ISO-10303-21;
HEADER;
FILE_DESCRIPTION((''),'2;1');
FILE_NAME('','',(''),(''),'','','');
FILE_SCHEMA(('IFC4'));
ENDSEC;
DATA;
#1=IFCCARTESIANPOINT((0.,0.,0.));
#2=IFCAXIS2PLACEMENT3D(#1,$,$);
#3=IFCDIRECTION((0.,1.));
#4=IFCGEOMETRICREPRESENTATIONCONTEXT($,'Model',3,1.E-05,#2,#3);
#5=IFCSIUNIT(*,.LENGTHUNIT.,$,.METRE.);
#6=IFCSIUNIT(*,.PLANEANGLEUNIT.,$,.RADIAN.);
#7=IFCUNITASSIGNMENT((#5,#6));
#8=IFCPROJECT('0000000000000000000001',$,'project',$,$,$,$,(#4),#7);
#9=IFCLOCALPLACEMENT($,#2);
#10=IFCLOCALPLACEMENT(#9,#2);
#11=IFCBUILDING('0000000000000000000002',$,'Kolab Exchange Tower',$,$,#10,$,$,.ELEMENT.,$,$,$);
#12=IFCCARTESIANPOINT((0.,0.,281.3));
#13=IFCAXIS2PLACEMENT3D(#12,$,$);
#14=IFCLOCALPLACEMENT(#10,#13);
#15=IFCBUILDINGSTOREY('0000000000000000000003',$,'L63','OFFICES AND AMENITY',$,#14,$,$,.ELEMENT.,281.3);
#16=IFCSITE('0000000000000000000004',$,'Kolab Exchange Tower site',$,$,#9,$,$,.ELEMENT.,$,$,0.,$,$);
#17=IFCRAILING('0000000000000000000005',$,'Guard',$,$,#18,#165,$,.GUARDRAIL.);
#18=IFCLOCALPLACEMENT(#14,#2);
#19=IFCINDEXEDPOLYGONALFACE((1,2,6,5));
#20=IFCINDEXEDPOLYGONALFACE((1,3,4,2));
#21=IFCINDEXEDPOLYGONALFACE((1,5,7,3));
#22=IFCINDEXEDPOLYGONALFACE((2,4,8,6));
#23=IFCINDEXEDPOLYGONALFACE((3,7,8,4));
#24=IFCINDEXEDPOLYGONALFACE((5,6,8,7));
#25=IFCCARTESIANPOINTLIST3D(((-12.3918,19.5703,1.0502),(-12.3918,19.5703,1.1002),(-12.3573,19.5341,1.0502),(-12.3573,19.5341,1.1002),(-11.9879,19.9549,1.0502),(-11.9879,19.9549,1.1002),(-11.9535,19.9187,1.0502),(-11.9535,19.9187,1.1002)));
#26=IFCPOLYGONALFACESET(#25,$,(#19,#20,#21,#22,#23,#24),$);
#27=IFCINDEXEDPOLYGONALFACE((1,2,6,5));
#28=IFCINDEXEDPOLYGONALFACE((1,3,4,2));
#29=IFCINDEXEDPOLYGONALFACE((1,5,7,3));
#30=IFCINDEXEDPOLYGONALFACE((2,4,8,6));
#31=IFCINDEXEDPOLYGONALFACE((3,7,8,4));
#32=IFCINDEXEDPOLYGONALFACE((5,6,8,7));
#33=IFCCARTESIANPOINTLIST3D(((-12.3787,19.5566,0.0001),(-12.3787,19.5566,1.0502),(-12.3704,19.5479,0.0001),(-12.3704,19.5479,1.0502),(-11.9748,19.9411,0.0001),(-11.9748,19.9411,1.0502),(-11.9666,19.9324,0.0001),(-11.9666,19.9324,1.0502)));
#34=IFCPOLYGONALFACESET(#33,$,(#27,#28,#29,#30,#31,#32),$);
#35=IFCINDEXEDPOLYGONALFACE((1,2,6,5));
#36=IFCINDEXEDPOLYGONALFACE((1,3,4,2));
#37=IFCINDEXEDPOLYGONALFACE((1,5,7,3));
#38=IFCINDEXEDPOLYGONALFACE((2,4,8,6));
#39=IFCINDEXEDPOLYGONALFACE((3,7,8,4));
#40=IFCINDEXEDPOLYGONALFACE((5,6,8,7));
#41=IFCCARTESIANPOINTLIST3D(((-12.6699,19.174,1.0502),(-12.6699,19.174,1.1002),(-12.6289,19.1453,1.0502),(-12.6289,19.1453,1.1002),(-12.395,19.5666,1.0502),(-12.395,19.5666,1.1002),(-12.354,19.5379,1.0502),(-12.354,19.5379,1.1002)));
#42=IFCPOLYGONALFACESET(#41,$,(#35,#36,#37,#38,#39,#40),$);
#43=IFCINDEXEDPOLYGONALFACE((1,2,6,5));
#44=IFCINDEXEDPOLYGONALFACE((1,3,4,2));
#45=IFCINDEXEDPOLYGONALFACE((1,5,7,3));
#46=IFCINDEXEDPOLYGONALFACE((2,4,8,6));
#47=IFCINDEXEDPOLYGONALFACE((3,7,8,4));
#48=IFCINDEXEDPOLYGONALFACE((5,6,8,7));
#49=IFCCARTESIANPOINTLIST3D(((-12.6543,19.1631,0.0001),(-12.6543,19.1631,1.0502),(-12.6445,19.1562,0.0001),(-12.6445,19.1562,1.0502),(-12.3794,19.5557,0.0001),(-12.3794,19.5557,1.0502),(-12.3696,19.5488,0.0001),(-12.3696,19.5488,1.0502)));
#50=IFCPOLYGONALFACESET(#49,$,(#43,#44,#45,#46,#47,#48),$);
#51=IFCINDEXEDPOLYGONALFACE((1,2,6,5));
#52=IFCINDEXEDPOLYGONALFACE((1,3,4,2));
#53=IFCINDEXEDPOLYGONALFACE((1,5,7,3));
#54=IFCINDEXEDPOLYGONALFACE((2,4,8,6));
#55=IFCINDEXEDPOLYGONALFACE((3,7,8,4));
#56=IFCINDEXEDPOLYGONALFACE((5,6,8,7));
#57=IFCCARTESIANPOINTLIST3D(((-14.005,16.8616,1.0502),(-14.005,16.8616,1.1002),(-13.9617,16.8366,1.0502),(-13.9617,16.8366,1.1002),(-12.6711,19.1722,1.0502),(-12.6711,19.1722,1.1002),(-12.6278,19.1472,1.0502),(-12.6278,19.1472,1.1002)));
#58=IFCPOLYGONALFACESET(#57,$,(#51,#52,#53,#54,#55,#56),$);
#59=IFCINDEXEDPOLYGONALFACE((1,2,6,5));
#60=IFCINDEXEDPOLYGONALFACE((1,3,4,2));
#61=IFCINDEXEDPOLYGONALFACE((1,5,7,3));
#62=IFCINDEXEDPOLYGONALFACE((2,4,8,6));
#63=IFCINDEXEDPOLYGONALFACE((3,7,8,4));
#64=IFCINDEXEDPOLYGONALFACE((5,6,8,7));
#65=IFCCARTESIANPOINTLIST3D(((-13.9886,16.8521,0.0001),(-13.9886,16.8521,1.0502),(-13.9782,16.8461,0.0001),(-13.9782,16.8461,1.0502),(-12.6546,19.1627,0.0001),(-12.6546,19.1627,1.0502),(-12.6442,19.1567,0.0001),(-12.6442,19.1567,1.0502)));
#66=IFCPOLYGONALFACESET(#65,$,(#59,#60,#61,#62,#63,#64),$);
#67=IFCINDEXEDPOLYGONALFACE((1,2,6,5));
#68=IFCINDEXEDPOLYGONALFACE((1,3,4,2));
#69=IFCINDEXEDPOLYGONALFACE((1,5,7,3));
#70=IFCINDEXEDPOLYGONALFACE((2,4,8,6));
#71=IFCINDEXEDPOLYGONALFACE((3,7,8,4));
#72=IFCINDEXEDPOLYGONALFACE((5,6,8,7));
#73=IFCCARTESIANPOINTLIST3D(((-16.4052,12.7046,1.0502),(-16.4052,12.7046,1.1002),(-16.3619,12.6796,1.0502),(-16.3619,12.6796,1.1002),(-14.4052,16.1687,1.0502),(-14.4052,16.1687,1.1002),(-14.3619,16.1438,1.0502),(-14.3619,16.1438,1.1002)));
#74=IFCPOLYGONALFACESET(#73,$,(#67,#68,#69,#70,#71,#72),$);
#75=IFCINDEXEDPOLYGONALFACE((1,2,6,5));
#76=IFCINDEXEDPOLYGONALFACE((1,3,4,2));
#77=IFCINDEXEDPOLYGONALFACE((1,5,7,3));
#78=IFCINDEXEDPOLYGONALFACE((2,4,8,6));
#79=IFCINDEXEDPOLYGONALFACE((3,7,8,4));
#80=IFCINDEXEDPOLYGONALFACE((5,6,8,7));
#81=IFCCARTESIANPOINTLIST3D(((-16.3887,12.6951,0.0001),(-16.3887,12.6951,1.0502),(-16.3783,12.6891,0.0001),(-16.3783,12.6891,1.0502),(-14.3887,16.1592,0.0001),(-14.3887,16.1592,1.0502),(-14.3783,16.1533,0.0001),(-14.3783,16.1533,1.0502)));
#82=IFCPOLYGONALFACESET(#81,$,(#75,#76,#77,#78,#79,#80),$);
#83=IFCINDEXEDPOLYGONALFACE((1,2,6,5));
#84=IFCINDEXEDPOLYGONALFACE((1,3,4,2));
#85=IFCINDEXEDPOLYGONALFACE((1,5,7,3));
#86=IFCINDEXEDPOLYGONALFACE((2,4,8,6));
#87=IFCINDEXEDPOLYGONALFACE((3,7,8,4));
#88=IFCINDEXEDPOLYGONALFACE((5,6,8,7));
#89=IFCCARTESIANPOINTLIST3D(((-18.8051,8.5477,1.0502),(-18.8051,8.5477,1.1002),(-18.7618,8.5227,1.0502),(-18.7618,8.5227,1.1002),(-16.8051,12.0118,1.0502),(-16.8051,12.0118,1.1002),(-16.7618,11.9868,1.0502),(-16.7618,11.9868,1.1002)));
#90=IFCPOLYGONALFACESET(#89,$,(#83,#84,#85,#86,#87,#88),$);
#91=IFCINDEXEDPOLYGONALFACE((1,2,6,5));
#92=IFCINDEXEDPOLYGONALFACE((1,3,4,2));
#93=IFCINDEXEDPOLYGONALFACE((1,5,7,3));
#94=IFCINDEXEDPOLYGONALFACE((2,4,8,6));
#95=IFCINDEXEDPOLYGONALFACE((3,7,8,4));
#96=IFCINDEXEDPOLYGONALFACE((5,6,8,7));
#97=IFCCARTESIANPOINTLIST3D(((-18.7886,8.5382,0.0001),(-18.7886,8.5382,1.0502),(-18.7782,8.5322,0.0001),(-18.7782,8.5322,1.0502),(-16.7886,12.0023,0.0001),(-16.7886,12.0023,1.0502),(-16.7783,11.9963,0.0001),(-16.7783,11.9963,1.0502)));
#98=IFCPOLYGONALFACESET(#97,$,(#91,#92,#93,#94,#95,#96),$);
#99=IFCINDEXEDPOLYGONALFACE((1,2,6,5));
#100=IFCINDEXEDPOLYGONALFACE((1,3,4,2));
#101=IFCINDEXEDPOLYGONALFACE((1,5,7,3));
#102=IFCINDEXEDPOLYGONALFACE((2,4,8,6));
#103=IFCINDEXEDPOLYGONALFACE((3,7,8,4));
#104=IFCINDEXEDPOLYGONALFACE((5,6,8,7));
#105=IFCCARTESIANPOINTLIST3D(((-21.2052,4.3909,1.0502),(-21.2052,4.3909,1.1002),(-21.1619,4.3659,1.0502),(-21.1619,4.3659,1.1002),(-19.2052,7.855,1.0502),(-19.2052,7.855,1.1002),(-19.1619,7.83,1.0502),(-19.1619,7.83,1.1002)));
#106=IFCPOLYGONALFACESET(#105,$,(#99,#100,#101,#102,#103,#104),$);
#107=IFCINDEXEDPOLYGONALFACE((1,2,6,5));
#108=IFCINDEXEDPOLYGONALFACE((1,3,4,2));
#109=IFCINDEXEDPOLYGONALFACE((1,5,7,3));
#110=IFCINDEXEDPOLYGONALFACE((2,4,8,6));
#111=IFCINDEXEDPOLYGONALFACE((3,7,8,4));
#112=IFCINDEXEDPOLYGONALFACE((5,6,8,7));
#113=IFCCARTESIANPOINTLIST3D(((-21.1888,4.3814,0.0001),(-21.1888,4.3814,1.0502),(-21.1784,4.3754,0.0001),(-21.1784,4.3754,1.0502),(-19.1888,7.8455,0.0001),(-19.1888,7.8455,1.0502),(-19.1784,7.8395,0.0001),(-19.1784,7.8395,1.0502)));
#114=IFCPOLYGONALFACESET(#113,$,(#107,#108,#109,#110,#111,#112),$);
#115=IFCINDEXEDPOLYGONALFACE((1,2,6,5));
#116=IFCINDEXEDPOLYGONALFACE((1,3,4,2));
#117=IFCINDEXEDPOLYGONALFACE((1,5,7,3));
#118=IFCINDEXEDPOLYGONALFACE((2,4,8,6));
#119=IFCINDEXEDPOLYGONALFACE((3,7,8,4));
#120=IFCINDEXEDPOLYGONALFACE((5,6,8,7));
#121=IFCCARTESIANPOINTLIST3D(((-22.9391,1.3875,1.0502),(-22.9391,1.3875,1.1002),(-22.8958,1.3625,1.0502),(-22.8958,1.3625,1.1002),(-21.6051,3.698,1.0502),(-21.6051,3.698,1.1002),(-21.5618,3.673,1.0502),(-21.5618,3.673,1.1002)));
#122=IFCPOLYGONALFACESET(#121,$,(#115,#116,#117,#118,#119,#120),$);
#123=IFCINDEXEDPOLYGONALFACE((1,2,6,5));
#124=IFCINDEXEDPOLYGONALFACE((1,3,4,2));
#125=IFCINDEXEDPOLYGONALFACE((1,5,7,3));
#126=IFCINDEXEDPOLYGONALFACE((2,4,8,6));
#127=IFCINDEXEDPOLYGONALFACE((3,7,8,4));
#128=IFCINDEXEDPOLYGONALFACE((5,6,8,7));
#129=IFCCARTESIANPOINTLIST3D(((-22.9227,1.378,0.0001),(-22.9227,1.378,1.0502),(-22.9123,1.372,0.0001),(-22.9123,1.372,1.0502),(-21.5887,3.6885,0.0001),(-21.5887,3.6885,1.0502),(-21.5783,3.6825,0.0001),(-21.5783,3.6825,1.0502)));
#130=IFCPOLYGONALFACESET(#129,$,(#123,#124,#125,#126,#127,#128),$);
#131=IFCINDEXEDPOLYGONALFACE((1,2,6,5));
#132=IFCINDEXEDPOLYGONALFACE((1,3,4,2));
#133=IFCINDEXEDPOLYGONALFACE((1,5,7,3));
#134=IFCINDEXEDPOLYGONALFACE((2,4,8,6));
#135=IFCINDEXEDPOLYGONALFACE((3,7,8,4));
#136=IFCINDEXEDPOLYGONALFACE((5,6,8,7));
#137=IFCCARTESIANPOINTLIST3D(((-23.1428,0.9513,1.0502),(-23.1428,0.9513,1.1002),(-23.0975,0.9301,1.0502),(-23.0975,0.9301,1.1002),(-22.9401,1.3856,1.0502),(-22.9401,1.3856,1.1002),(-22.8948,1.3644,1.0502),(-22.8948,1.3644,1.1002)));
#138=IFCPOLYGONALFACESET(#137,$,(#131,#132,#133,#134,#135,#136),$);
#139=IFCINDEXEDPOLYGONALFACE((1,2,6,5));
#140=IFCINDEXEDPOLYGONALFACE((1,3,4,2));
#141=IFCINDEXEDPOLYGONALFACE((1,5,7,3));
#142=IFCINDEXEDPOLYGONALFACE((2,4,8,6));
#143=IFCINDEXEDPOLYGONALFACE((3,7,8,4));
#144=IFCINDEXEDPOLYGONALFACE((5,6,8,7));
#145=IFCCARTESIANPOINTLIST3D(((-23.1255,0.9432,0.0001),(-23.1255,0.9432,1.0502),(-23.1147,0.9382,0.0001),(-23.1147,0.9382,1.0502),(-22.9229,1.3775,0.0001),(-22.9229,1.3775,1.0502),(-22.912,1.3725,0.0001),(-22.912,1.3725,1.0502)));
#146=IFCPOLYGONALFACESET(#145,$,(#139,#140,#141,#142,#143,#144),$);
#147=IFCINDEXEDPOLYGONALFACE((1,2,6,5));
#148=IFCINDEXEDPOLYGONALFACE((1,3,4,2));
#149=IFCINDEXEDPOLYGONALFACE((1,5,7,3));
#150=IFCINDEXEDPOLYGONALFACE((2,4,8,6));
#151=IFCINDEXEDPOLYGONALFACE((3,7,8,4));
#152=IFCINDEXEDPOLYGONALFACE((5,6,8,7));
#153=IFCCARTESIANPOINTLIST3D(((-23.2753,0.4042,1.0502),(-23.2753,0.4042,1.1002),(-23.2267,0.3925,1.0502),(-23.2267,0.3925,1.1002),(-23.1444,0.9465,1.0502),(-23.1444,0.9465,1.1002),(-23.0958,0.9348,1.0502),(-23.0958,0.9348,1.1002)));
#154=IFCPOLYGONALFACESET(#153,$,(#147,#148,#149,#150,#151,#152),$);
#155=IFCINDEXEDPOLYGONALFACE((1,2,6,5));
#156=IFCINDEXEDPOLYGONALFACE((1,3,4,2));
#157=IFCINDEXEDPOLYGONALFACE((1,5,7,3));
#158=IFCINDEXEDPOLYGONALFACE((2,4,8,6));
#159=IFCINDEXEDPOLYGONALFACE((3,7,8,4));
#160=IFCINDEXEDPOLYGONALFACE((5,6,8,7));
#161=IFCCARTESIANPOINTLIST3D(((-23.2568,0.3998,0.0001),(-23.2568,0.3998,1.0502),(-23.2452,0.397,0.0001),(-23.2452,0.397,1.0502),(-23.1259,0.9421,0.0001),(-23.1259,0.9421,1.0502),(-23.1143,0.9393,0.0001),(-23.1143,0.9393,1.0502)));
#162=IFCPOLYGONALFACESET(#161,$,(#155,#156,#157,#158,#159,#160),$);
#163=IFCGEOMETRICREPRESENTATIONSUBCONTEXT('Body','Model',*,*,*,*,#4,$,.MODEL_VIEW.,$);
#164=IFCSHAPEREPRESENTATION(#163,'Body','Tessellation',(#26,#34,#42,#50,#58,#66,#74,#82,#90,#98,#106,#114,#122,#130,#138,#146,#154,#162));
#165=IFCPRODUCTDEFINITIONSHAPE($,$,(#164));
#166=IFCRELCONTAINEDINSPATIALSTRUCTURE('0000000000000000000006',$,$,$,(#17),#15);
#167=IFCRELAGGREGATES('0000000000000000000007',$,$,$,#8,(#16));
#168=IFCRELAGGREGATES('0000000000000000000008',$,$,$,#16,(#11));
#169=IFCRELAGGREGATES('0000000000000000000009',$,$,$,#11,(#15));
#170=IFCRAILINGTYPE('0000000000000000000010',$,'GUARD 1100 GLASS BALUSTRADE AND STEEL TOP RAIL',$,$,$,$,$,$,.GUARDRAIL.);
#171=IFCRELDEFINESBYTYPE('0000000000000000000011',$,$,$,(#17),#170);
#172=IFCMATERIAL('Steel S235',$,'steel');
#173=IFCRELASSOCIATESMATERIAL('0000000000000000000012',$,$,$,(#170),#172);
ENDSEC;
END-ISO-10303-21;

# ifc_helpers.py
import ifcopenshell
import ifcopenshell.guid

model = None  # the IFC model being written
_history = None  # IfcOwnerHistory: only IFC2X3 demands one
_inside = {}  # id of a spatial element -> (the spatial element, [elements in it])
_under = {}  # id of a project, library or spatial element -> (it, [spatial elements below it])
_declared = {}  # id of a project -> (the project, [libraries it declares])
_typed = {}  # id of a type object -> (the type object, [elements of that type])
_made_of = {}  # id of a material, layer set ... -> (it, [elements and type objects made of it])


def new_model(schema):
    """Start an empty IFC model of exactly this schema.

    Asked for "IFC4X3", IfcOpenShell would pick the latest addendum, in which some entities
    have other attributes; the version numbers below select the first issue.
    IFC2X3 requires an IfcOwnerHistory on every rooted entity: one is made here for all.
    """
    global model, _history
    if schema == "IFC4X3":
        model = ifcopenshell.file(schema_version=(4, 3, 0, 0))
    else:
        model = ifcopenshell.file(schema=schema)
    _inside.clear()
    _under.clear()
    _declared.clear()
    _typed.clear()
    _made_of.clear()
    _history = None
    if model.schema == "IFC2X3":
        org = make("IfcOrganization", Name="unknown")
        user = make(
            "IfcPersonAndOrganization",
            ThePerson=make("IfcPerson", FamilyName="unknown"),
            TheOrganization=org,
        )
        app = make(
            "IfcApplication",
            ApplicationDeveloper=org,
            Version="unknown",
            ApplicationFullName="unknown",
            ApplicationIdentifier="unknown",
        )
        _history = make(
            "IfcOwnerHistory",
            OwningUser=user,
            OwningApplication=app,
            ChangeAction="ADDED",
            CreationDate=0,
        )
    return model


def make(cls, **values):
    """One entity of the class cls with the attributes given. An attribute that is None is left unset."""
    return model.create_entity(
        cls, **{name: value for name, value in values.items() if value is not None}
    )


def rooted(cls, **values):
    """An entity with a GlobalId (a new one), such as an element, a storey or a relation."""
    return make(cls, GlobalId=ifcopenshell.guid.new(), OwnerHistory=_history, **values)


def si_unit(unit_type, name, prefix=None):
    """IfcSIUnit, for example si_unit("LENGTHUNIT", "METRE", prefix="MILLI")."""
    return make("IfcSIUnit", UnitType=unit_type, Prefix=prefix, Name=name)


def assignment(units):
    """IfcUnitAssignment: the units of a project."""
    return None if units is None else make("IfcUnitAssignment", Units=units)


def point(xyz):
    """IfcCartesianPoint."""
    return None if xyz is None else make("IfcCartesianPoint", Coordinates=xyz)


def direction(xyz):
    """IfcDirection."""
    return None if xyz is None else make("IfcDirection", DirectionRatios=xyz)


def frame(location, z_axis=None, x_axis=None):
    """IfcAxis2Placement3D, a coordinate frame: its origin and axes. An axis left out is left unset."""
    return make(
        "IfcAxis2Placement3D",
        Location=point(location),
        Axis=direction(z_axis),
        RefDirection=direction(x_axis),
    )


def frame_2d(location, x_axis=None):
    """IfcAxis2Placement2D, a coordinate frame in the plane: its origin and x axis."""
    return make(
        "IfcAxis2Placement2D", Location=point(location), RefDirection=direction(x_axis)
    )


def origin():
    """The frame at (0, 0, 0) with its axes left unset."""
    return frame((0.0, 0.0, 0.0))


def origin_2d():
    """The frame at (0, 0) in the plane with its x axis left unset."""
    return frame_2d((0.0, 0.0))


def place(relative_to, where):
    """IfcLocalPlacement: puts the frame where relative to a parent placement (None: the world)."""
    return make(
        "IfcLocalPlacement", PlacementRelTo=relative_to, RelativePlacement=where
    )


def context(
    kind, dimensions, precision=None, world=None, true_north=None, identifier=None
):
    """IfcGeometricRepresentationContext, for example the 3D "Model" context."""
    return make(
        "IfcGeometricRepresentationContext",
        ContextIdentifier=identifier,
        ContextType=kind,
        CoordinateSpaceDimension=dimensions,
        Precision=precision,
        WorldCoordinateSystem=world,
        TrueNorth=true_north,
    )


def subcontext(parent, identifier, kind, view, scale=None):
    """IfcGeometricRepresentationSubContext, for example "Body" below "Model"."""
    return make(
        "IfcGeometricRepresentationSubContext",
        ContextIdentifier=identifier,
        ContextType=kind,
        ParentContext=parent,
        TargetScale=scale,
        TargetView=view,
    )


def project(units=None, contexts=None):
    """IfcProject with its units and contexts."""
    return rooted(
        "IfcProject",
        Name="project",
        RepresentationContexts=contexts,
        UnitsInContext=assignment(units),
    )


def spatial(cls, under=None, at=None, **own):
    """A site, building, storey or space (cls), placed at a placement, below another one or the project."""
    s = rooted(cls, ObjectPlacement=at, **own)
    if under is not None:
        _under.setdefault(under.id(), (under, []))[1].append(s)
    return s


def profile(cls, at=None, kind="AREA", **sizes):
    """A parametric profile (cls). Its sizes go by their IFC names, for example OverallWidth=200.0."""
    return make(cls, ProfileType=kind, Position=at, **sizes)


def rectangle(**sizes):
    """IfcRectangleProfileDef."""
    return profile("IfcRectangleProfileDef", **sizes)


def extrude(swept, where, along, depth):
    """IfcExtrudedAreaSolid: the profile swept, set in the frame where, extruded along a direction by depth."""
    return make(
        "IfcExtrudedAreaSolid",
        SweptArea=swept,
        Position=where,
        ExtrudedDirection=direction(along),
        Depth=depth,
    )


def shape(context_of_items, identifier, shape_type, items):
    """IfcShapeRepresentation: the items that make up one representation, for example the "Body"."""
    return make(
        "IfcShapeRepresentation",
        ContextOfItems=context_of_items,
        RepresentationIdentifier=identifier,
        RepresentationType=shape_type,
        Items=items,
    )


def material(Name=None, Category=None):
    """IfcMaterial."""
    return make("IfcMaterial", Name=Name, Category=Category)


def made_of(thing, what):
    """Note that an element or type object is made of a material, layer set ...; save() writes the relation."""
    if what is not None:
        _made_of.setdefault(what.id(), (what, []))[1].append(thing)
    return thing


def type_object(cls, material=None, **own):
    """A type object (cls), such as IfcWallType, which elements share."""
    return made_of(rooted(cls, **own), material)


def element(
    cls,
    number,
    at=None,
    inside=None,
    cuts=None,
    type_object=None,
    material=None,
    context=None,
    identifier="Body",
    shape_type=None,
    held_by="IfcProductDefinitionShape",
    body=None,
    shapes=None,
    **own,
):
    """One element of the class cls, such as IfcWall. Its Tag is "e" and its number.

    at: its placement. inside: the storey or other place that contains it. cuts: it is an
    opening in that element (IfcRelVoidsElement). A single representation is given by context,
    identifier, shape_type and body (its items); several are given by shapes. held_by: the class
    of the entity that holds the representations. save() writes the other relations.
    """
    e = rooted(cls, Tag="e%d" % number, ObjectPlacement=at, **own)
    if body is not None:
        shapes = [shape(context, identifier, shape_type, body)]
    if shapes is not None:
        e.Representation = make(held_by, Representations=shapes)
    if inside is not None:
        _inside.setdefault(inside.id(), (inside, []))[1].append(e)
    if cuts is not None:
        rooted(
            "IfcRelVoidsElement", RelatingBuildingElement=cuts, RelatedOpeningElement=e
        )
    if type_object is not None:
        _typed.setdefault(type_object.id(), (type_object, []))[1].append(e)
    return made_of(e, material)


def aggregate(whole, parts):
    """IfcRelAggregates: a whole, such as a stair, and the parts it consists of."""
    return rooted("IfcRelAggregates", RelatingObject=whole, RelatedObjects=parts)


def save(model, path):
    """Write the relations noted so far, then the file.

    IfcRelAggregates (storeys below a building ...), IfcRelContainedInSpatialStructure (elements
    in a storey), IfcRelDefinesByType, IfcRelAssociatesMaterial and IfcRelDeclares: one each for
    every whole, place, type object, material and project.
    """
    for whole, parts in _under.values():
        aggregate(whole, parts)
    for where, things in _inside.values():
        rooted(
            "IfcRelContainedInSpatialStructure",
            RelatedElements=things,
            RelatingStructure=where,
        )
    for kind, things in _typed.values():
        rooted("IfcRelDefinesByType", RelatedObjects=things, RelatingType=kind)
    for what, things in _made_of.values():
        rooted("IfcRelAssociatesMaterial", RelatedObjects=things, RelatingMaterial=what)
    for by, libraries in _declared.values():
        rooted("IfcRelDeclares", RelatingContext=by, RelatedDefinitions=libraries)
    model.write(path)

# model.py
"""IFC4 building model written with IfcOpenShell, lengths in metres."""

from ifc_helpers import new_model, si_unit, direction, frame, frame_2d, origin, origin_2d, place, context, subcontext, project, spatial, rectangle, extrude, material, type_object, element, save


model = new_model("IFC4")

# Units and contexts
model_context = context("Model", 3, precision=1e-05, world=origin(), true_north=direction((0.0, 1.0)))
body_context = subcontext(model_context, "Body", "Model", "MODEL_VIEW")
ifc_project = project(units=[si_unit("LENGTHUNIT", "METRE"), si_unit("PLANEANGLEUNIT", "RADIAN")], contexts=[model_context])

# Site, building, storey
site_placement = place(None, origin())
site = spatial("IfcSite", under=ifc_project, at=site_placement, Name="Kolab Exchange Tower site", CompositionType="ELEMENT", RefElevation=0.0)
building_placement = place(site_placement, origin())
building = spatial("IfcBuilding", under=site, at=building_placement, Name="Kolab Exchange Tower", CompositionType="ELEMENT")
storey_placement = place(building_placement, frame((0.0, 0.0, 281.3)))
storey = spatial("IfcBuildingStorey", under=building, at=storey_placement, Name="L63", Description="OFFICES AND AMENITY", CompositionType="ELEMENT", Elevation=281.3)

# Shared definitions
ifc_material_1 = material(Name="Steel S235", Category="steel")

# Railing
railing_type = type_object("IfcRailingType", Name="GUARD 1100 GLASS BALUSTRADE AND STEEL TOP RAIL", PredefinedType="GUARDRAIL", material=ifc_material_1)
railing_placement = place(storey_placement, frame((-11.9707, 19.9368, 0.0)))
element("IfcRailing", 1, at=railing_placement, inside=storey, type_object=railing_type, Name="Guard", PredefinedType="GUARDRAIL", context=body_context, shape_type="SweptSolid", body=[
    extrude(rectangle(XDim=0.05, YDim=0.05, at=origin_2d()), frame((0.0, 0.0, 1.0752), z_axis=(-0.72419, -0.689601, 0.0), x_axis=(0.689601, -0.72419, 0.0)), (0.0, 0.0, 1.0), 0.5576),
    extrude(rectangle(XDim=0.012, YDim=1.0501, at=frame_2d((0.0, 0.5251))), frame((0.0, 0.0, 0.0), z_axis=(-0.72419, -0.689601, 0.0), x_axis=(0.689601, -0.72419, 0.0)), (0.0, 0.0, 1.0), 0.5576),
    extrude(rectangle(XDim=0.05, YDim=0.05, at=origin_2d()), frame((-0.4038, -0.3845, 1.0752), z_axis=(-0.573599, -0.819136, 0.0), x_axis=(0.819136, -0.573599, 0.0)), (0.0, 0.0, 1.0), 0.4792),
    extrude(rectangle(XDim=0.012, YDim=1.0501, at=frame_2d((0.0, 0.5251))), frame((-0.4038, -0.3845, 0.0), z_axis=(-0.573599, -0.819136, 0.0), x_axis=(0.819136, -0.573599, 0.0)), (0.0, 0.0, 1.0), 0.4792),
    extrude(rectangle(XDim=0.05, YDim=0.05, at=origin_2d()), frame((-0.6787, -0.7771, 1.0752), z_axis=(-0.499997, -0.866027, 0.0), x_axis=(0.866027, -0.499997, 0.0)), (0.0, 0.0, 1.0), 2.668),
    extrude(rectangle(XDim=0.012, YDim=1.0501, at=frame_2d((0.0, 0.5251))), frame((-0.6787, -0.7771, 0.0), z_axis=(-0.499997, -0.866027, 0.0), x_axis=(0.866027, -0.499997, 0.0)), (0.0, 0.0, 1.0), 2.668),
    extrude(rectangle(XDim=0.05, YDim=0.05, at=origin_2d()), frame((-2.4128, -3.7805, 1.0752), z_axis=(-0.499999, -0.866026, 0.0), x_axis=(0.866026, -0.499999, 0.0)), (0.0, 0.0, 1.0), 4.0),
    extrude(rectangle(XDim=0.012, YDim=1.0501, at=frame_2d((0.0, 0.5251))), frame((-2.4128, -3.7805, 0.0), z_axis=(-0.499999, -0.866026, 0.0), x_axis=(0.866026, -0.499999, 0.0)), (0.0, 0.0, 1.0), 4.0),
    extrude(rectangle(XDim=0.05, YDim=0.05, at=origin_2d()), frame((-4.8127, -7.9375, 1.0752), z_axis=(-0.499999, -0.866026, 0.0), x_axis=(0.866026, -0.499999, 0.0)), (0.0, 0.0, 1.0), 4.0),
    extrude(rectangle(XDim=0.012, YDim=1.0501, at=frame_2d((0.0, 0.5251))), frame((-4.8127, -7.9375, 0.0), z_axis=(-0.499999, -0.866026, 0.0), x_axis=(0.866026, -0.499999, 0.0)), (0.0, 0.0, 1.0), 4.0),
    extrude(rectangle(XDim=0.05, YDim=0.05, at=origin_2d()), frame((-7.2129, -12.0942, 1.0752), z_axis=(-0.499999, -0.866026, 0.0), x_axis=(0.866026, -0.499999, 0.0)), (0.0, 0.0, 1.0), 4.0),
    extrude(rectangle(XDim=0.012, YDim=1.0501, at=frame_2d((0.0, 0.5251))), frame((-7.2129, -12.0942, 0.0), z_axis=(-0.499999, -0.866026, 0.0), x_axis=(0.866026, -0.499999, 0.0)), (0.0, 0.0, 1.0), 4.0),
    extrude(rectangle(XDim=0.05, YDim=0.05, at=origin_2d()), frame((-9.6128, -16.2512, 1.0752), z_axis=(-0.499997, -0.866027, 0.0), x_axis=(0.866027, -0.499997, 0.0)), (0.0, 0.0, 1.0), 2.668),
    extrude(rectangle(XDim=0.012, YDim=1.0501, at=frame_2d((0.0, 0.5251))), frame((-9.6128, -16.2512, 0.0), z_axis=(-0.499997, -0.866027, 0.0), x_axis=(0.866027, -0.499997, 0.0)), (0.0, 0.0, 1.0), 2.668),
    extrude(rectangle(XDim=0.05, YDim=0.05, at=origin_2d()), frame((-10.9468, -18.5618, 1.0752), z_axis=(-0.422802, -0.906222, 0.0), x_axis=(0.906222, -0.422802, 0.0)), (0.0, 0.0, 1.0), 0.4792),
    extrude(rectangle(XDim=0.012, YDim=1.0501, at=frame_2d((0.0, 0.5251))), frame((-10.9468, -18.5618, 0.0), z_axis=(-0.422802, -0.906222, 0.0), x_axis=(0.906222, -0.422802, 0.0)), (0.0, 0.0, 1.0), 0.4792),
    extrude(rectangle(XDim=0.05, YDim=0.05, at=origin_2d()), frame((-11.1494, -18.9961, 1.0752), z_axis=(-0.234598, -0.972093, 0.0), x_axis=(0.972093, -0.234598, 0.0)), (0.0, 0.0, 1.0), 0.5579),
    extrude(rectangle(XDim=0.012, YDim=1.0501, at=frame_2d((0.0, 0.5251))), frame((-11.1494, -18.9961, 0.0), z_axis=(-0.234598, -0.972093, 0.0), x_axis=(0.972093, -0.234598, 0.0)), (0.0, 0.0, 1.0), 0.5579),
])

save(model, "model.ifc")
